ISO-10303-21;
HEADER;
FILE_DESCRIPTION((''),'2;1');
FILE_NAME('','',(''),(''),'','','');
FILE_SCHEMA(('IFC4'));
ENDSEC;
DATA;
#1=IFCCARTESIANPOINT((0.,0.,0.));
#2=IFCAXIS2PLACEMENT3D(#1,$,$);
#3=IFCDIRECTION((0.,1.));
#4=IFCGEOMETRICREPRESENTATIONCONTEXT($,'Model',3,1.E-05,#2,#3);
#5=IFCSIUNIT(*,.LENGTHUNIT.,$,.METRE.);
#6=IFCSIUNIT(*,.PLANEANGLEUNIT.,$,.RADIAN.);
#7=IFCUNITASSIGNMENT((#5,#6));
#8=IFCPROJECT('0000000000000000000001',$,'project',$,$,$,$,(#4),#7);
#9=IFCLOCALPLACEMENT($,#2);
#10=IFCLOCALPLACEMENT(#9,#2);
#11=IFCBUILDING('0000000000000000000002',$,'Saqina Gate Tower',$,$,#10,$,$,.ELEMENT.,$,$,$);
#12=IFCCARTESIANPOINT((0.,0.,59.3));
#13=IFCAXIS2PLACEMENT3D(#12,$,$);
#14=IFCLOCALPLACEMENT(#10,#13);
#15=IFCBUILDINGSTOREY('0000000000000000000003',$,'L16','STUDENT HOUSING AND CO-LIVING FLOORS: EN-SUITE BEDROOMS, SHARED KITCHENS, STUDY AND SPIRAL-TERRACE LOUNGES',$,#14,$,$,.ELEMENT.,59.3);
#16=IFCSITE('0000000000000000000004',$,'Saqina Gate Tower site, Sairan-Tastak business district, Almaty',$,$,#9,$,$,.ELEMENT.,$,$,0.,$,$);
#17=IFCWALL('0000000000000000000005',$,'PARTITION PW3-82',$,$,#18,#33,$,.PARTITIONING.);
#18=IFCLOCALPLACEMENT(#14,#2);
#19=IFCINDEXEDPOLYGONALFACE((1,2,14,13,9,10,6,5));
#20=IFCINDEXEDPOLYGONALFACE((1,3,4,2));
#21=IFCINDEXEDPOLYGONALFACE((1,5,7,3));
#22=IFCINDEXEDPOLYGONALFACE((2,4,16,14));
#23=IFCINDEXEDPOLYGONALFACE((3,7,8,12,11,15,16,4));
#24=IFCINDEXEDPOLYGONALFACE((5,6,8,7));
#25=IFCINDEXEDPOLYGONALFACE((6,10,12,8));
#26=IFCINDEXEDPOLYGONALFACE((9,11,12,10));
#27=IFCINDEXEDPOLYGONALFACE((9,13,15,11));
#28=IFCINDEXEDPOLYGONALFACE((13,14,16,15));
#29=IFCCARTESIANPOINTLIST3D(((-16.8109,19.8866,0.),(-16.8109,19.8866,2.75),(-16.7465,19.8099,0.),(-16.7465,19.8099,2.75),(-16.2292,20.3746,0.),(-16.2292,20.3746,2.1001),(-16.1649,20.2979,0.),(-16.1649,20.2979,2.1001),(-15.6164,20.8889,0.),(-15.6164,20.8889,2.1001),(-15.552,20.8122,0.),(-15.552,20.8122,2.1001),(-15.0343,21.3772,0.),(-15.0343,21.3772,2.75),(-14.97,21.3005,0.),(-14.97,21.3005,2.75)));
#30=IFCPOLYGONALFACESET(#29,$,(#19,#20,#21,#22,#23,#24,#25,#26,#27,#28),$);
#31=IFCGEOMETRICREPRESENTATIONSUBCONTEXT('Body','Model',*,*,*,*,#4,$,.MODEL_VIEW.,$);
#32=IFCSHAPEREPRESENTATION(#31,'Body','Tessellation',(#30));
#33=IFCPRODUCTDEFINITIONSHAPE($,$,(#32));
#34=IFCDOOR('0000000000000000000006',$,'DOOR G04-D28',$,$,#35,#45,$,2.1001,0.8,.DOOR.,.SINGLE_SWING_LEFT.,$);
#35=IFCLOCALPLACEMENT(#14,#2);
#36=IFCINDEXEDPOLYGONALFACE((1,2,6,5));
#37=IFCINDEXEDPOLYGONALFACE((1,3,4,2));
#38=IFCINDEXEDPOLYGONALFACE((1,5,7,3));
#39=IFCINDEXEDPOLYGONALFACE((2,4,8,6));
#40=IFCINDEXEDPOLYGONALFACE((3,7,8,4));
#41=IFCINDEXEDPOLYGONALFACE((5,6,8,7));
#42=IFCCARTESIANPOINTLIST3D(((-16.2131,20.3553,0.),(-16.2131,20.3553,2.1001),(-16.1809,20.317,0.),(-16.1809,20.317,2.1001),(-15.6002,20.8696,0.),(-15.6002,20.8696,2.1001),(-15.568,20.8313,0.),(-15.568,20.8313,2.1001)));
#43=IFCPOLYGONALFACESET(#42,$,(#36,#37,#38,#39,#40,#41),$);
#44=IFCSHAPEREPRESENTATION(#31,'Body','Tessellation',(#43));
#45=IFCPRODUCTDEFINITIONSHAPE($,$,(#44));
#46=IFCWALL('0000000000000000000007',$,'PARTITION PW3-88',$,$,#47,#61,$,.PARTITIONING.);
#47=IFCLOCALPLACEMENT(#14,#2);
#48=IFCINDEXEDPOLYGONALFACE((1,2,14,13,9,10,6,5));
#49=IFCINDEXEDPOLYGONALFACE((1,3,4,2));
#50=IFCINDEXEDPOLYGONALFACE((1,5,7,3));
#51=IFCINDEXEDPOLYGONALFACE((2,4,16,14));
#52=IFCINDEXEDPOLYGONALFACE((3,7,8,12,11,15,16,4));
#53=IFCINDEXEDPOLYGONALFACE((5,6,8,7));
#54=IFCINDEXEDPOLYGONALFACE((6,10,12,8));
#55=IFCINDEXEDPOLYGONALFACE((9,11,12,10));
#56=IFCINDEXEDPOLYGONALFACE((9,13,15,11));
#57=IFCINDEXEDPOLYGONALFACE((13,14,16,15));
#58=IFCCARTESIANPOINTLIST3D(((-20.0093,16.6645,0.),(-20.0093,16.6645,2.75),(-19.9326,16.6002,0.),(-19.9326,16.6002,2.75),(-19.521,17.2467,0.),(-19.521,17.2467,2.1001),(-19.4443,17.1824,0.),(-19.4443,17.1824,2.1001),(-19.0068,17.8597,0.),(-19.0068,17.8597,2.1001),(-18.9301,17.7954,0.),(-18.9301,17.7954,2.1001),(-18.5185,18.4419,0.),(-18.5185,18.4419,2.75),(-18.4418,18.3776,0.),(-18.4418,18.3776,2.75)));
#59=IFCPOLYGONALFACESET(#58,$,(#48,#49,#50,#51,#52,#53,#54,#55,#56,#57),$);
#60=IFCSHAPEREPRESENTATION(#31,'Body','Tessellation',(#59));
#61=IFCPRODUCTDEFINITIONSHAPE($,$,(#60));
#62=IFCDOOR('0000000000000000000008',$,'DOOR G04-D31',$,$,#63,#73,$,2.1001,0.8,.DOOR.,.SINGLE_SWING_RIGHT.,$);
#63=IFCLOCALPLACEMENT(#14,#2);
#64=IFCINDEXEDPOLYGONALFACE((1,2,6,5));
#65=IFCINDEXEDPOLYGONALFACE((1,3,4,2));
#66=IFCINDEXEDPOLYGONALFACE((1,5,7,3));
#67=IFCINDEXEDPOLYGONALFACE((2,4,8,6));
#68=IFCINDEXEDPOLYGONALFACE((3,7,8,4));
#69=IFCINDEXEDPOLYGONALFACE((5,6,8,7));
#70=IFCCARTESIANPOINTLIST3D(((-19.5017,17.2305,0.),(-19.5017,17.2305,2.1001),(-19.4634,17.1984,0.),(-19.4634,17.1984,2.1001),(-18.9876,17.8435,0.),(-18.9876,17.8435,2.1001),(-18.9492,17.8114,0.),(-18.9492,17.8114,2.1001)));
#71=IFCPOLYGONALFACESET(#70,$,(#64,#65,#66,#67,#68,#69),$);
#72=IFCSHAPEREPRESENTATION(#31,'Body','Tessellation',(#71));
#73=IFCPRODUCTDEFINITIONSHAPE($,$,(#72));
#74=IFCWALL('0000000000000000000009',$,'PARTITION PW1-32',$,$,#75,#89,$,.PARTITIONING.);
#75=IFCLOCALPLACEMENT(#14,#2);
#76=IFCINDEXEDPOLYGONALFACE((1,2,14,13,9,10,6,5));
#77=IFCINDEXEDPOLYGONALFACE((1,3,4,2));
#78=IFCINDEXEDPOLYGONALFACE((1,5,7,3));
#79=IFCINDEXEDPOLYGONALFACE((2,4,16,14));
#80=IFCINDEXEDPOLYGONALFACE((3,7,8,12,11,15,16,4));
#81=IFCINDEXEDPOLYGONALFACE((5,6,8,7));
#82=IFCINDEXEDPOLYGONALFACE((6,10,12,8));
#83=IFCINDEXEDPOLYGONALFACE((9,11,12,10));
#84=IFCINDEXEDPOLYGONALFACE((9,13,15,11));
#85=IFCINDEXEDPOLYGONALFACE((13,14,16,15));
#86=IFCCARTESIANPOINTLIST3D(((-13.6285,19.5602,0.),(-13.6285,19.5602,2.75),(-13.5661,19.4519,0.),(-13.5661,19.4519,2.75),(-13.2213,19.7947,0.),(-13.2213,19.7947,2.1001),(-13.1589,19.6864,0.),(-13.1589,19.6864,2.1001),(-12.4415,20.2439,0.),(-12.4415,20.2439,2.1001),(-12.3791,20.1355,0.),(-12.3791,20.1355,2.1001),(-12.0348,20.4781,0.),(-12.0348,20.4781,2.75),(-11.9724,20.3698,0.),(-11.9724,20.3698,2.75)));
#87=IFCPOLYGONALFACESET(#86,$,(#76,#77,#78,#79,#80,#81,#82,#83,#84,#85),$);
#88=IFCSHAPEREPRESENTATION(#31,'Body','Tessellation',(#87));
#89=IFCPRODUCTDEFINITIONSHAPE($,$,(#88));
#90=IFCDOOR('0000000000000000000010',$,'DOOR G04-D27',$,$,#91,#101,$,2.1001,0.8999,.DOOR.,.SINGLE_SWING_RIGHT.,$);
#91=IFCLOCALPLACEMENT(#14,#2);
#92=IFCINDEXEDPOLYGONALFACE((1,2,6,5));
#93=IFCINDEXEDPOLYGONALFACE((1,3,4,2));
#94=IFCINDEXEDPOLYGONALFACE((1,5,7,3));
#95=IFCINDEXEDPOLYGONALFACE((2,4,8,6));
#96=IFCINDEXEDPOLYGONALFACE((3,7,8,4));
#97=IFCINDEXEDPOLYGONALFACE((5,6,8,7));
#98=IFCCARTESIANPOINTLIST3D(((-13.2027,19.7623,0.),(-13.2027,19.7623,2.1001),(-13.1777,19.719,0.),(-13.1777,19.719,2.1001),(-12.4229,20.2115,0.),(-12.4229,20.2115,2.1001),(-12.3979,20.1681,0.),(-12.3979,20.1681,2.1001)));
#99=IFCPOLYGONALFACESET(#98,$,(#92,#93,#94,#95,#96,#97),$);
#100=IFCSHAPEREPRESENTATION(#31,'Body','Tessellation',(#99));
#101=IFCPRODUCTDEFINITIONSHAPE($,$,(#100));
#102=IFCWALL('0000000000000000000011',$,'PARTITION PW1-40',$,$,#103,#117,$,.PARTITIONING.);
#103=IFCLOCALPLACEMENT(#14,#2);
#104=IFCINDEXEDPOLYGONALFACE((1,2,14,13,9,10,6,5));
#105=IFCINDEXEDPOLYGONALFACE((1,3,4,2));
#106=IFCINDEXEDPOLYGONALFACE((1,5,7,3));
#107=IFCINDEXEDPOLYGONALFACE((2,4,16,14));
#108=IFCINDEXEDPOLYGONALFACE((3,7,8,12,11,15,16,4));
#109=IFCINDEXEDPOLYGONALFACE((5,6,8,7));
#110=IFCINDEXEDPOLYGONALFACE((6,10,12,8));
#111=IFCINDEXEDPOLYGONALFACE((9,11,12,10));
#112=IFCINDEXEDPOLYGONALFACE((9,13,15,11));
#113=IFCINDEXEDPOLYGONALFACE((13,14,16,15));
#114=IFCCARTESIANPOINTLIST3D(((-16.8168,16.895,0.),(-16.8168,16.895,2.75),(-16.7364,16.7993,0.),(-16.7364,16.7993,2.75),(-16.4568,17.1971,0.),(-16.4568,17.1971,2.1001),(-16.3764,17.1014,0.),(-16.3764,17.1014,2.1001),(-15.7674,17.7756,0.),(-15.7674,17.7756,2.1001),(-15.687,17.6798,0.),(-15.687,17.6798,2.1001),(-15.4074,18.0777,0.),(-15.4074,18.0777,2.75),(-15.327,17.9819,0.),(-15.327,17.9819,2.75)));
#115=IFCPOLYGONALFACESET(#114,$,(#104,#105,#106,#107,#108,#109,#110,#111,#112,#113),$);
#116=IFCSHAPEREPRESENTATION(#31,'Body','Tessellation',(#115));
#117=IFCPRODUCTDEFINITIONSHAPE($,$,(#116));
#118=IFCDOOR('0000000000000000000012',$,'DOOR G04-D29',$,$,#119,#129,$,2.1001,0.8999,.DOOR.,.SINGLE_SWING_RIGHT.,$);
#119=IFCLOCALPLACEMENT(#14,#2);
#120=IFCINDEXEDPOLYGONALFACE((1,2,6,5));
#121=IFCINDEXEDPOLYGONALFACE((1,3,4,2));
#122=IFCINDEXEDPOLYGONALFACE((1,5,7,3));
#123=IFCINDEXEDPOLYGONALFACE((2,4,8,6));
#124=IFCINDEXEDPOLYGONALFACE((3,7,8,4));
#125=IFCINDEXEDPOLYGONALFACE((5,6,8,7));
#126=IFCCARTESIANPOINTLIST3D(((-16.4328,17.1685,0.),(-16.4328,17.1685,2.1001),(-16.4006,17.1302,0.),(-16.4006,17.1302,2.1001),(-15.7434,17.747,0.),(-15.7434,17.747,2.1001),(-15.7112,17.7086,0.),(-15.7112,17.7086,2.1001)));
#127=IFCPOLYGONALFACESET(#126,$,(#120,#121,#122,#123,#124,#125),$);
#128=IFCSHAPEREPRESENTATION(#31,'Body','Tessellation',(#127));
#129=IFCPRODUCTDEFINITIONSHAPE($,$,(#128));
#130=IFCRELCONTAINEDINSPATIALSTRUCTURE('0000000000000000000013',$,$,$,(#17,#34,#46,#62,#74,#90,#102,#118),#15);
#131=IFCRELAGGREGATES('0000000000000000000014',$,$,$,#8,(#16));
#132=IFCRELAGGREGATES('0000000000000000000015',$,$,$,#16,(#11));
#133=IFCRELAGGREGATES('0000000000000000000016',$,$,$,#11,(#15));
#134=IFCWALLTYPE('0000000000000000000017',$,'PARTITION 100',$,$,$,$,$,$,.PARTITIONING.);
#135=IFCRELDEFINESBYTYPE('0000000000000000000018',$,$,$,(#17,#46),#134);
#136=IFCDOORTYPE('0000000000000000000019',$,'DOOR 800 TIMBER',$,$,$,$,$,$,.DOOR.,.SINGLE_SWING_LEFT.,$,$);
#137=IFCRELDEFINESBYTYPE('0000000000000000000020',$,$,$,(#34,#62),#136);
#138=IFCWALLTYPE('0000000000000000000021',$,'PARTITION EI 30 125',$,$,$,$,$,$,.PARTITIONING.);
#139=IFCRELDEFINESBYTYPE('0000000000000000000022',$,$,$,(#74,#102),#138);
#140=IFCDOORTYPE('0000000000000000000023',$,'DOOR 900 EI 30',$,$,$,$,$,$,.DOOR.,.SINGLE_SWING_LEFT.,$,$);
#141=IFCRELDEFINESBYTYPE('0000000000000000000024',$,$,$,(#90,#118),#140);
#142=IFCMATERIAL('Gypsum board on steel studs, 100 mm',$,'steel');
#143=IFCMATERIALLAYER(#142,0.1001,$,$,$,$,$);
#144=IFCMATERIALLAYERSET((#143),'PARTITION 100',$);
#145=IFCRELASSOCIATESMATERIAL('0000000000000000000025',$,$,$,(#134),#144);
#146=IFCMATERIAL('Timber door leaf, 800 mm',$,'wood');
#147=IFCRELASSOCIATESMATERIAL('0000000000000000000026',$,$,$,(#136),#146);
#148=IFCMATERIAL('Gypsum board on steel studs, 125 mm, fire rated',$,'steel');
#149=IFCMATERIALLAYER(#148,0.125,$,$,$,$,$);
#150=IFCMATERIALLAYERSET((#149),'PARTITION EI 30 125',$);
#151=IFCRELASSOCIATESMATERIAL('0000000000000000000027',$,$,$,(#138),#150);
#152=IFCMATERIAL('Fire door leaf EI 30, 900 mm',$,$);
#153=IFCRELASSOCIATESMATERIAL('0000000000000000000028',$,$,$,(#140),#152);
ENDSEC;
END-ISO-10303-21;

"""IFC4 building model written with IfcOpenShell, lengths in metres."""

from ifc_helpers import new_model, si_unit, direction, frame, frame_2d, origin, place, context, subcontext, project, spatial, rectangle, extrude, material, layer, layer_set, type_object, element, fill, save


model = new_model("IFC4")

# Units and contexts
model_context = context("Model", 3, precision=1e-05, world=origin(), true_north=direction((0.0, 1.0)))
body_context = subcontext(model_context, "Body", "Model", "MODEL_VIEW")
ifc_project = project(units=[si_unit("LENGTHUNIT", "METRE"), si_unit("PLANEANGLEUNIT", "RADIAN")], contexts=[model_context])

# Site, building, storey
site_placement = place(None, origin())
site = spatial("IfcSite", under=ifc_project, at=site_placement, Name="Saqina Gate Tower site, Sairan-Tastak business district, Almaty", CompositionType="ELEMENT", RefElevation=0.0)
building_placement = place(site_placement, origin())
building = spatial("IfcBuilding", under=site, at=building_placement, Name="Saqina Gate Tower", CompositionType="ELEMENT")
storey_placement = place(building_placement, frame((0.0, 0.0, 59.3)))
storey = spatial("IfcBuildingStorey", under=building, at=storey_placement, Name="L16", Description="STUDENT HOUSING AND CO-LIVING FLOORS: EN-SUITE BEDROOMS, SHARED KITCHENS, STUDY AND SPIRAL-TERRACE LOUNGES", CompositionType="ELEMENT", Elevation=59.3)

# Shared definitions
ifc_material_1 = material(Name="Gypsum board on steel studs, 100 mm", Category="steel")
ifc_layer_1 = layer(ifc_material_1, 0.1001)
ifc_layer_set_1 = layer_set([ifc_layer_1], Name="PARTITION 100")
wall_type_1 = type_object("IfcWallType", Name="PARTITION 100", PredefinedType="PARTITIONING", material=ifc_layer_set_1)

# Walls, openings, doors
wall_1_placement = place(storey_placement, frame((-16.7788, 19.8481, 0.0), z_axis=(0.0, 0.0, 1.0), x_axis=(0.766051, 0.64278, 0.0)))
wall_1 = element("IfcWall", 1, at=wall_1_placement, inside=storey, type_object=wall_type_1, Name="PARTITION PW3-82", PredefinedType="PARTITIONING", context=body_context, shape_type="SweptSolid", body=[
    extrude(rectangle(XDim=2.3191, YDim=0.1001, at=frame_2d((1.1597, 0.0))), origin(), (0.0, 0.0, 1.0), 2.75),
])
opening_1_placement = place(wall_1_placement, frame((0.7595, 0.0, 0.0)))
opening_1 = element("IfcOpeningElement", 2, at=opening_1_placement, cuts=wall_1, PredefinedType="OPENING", context=body_context, shape_type="SweptSolid", body=[
    extrude(rectangle(XDim=0.8, YDim=2.1001, at=frame_2d((0.3999, 1.05))), frame((0.0, 0.062, 0.0), z_axis=(0.0, -1.0, 0.0), x_axis=(1.0, 0.0, 0.0)), (0.0, 0.0, 1.0), 0.124),
])
ifc_material_2 = material(Name="Timber door leaf, 800 mm", Category="wood")
door_type_1 = type_object("IfcDoorType", Name="DOOR 800 TIMBER", OperationType="SINGLE_SWING_LEFT", PredefinedType="DOOR", material=ifc_material_2)
door_1_placement = place(opening_1_placement, origin())
door_1 = element("IfcDoor", 3, at=door_1_placement, inside=storey, type_object=door_type_1, Name="DOOR G04-D28", OperationType="SINGLE_SWING_LEFT", OverallHeight=2.1001, OverallWidth=0.8, PredefinedType="DOOR", context=body_context, shape_type="SweptSolid", body=[
    extrude(rectangle(XDim=0.8, YDim=2.1001, at=frame_2d((0.3999, 1.05))), frame((0.0, 0.0249, 0.0), z_axis=(0.0, -1.0, 0.0), x_axis=(1.0, 0.0, 0.0)), (0.0, 0.0, 1.0), 0.05),
])
fill(opening_1, door_1)
wall_2_placement = place(storey_placement, frame((-19.9709, 16.6323, 0.0), z_axis=(0.0, 0.0, 1.0), x_axis=(0.642624, 0.766182, 0.0)))
wall_2 = element("IfcWall", 4, at=wall_2_placement, inside=storey, type_object=wall_type_1, Name="PARTITION PW3-88", PredefinedType="PARTITIONING", context=body_context, shape_type="SweptSolid", body=[
    extrude(rectangle(XDim=2.3198, YDim=0.1001, at=frame_2d((1.1599, 0.0))), origin(), (0.0, 0.0, 1.0), 2.75),
])
opening_2_placement = place(wall_2_placement, frame((0.76, 0.0, 0.0)))
opening_2 = element("IfcOpeningElement", 5, at=opening_2_placement, cuts=wall_2, PredefinedType="OPENING", context=body_context, shape_type="SweptSolid", body=[
    extrude(rectangle(XDim=0.8, YDim=2.1001, at=frame_2d((0.3999, 1.05))), frame((0.0, 0.062, 0.0), z_axis=(0.0, -1.0, 0.0), x_axis=(1.0, 0.0, 0.0)), (0.0, 0.0, 1.0), 0.124),
])
door_2_placement = place(opening_2_placement, origin())
door_2 = element("IfcDoor", 6, at=door_2_placement, inside=storey, type_object=door_type_1, Name="DOOR G04-D31", OperationType="SINGLE_SWING_RIGHT", OverallHeight=2.1001, OverallWidth=0.8, PredefinedType="DOOR", context=body_context, shape_type="SweptSolid", body=[
    extrude(rectangle(XDim=0.8, YDim=2.1001, at=frame_2d((0.3999, 1.05))), frame((0.0, 0.0249, 0.0), z_axis=(0.0, -1.0, 0.0), x_axis=(1.0, 0.0, 0.0)), (0.0, 0.0, 1.0), 0.05),
])
fill(opening_2, door_2)
ifc_material_3 = material(Name="Gypsum board on steel studs, 125 mm, fire rated", Category="steel")
ifc_layer_2 = layer(ifc_material_3, 0.125)
ifc_layer_set_2 = layer_set([ifc_layer_2], Name="PARTITION EI 30 125")
wall_type_2 = type_object("IfcWallType", Name="PARTITION EI 30 125", PredefinedType="PARTITIONING", material=ifc_layer_set_2)
wall_3_placement = place(storey_placement, frame((-13.5972, 19.5061, 0.0), z_axis=(0.0, 0.0, 1.0), x_axis=(0.866539, 0.499109, 0.0)))
wall_3 = element("IfcWall", 7, at=wall_3_placement, inside=storey, type_object=wall_type_2, Name="PARTITION PW1-32", PredefinedType="PARTITIONING", context=body_context, shape_type="SweptSolid", body=[
    extrude(rectangle(XDim=1.8391, YDim=0.125, at=frame_2d((0.9194, 0.0))), origin(), (0.0, 0.0, 1.0), 2.75),
])
opening_3_placement = place(wall_3_placement, frame((0.4697, 0.0, 0.0)))
opening_3 = element("IfcOpeningElement", 8, at=opening_3_placement, cuts=wall_3, PredefinedType="OPENING", context=body_context, shape_type="SweptSolid", body=[
    extrude(rectangle(XDim=0.8999, YDim=2.1001, at=frame_2d((0.45, 1.05))), frame((0.0, 0.0745, 0.0), z_axis=(0.0, -1.0, 0.0), x_axis=(1.0, 0.0, 0.0)), (0.0, 0.0, 1.0), 0.1489),
])
ifc_material_4 = material(Name="Fire door leaf EI 30, 900 mm")
door_type_2 = type_object("IfcDoorType", Name="DOOR 900 EI 30", OperationType="SINGLE_SWING_LEFT", PredefinedType="DOOR", material=ifc_material_4)
door_3_placement = place(opening_3_placement, frame((0.8999, 0.0, 0.0), z_axis=(0.0, 0.0, 1.0), x_axis=(-1.0, 0.0, 0.0)))
door_3 = element("IfcDoor", 9, at=door_3_placement, inside=storey, type_object=door_type_2, Name="DOOR G04-D27", OperationType="SINGLE_SWING_RIGHT", OverallHeight=2.1001, OverallWidth=0.8999, PredefinedType="DOOR", context=body_context, shape_type="SweptSolid", body=[
    extrude(rectangle(XDim=0.8999, YDim=2.1001, at=frame_2d((0.45, 1.05))), frame((0.0, 0.0249, 0.0), z_axis=(0.0, -1.0, 0.0), x_axis=(1.0, 0.0, 0.0)), (0.0, 0.0, 1.0), 0.05),
])
fill(opening_3, door_3)
wall_4_placement = place(storey_placement, frame((-16.7766, 16.8472, 0.0), z_axis=(0.0, 0.0, 1.0), x_axis=(0.766052, 0.642778, 0.0)))
wall_4 = element("IfcWall", 10, at=wall_4_placement, inside=storey, type_object=wall_type_2, Name="PARTITION PW1-40", PredefinedType="PARTITIONING", context=body_context, shape_type="SweptSolid", body=[
    extrude(rectangle(XDim=1.8398, YDim=0.125, at=frame_2d((0.9199, 0.0))), origin(), (0.0, 0.0, 1.0), 2.75),
])
opening_4_placement = place(wall_4_placement, frame((0.47, 0.0, 0.0)))
opening_4 = element("IfcOpeningElement", 11, at=opening_4_placement, cuts=wall_4, PredefinedType="OPENING", context=body_context, shape_type="SweptSolid", body=[
    extrude(rectangle(XDim=0.8999, YDim=2.1001, at=frame_2d((0.45, 1.05))), frame((0.0, 0.0745, 0.0), z_axis=(0.0, -1.0, 0.0), x_axis=(1.0, 0.0, 0.0)), (0.0, 0.0, 1.0), 0.1489),
])
door_4_placement = place(opening_4_placement, frame((0.8999, 0.0, 0.0), z_axis=(0.0, 0.0, 1.0), x_axis=(-1.0, 0.0, 0.0)))
door_4 = element("IfcDoor", 12, at=door_4_placement, inside=storey, type_object=door_type_2, Name="DOOR G04-D29", OperationType="SINGLE_SWING_RIGHT", OverallHeight=2.1001, OverallWidth=0.8999, PredefinedType="DOOR", context=body_context, shape_type="SweptSolid", body=[
    extrude(rectangle(XDim=0.8999, YDim=2.1001, at=frame_2d((0.45, 1.05))), frame((0.0, 0.0249, 0.0), z_axis=(0.0, -1.0, 0.0), x_axis=(1.0, 0.0, 0.0)), (0.0, 0.0, 1.0), 0.05),
])
fill(opening_4, door_4)

save(model, "model.ifc")
